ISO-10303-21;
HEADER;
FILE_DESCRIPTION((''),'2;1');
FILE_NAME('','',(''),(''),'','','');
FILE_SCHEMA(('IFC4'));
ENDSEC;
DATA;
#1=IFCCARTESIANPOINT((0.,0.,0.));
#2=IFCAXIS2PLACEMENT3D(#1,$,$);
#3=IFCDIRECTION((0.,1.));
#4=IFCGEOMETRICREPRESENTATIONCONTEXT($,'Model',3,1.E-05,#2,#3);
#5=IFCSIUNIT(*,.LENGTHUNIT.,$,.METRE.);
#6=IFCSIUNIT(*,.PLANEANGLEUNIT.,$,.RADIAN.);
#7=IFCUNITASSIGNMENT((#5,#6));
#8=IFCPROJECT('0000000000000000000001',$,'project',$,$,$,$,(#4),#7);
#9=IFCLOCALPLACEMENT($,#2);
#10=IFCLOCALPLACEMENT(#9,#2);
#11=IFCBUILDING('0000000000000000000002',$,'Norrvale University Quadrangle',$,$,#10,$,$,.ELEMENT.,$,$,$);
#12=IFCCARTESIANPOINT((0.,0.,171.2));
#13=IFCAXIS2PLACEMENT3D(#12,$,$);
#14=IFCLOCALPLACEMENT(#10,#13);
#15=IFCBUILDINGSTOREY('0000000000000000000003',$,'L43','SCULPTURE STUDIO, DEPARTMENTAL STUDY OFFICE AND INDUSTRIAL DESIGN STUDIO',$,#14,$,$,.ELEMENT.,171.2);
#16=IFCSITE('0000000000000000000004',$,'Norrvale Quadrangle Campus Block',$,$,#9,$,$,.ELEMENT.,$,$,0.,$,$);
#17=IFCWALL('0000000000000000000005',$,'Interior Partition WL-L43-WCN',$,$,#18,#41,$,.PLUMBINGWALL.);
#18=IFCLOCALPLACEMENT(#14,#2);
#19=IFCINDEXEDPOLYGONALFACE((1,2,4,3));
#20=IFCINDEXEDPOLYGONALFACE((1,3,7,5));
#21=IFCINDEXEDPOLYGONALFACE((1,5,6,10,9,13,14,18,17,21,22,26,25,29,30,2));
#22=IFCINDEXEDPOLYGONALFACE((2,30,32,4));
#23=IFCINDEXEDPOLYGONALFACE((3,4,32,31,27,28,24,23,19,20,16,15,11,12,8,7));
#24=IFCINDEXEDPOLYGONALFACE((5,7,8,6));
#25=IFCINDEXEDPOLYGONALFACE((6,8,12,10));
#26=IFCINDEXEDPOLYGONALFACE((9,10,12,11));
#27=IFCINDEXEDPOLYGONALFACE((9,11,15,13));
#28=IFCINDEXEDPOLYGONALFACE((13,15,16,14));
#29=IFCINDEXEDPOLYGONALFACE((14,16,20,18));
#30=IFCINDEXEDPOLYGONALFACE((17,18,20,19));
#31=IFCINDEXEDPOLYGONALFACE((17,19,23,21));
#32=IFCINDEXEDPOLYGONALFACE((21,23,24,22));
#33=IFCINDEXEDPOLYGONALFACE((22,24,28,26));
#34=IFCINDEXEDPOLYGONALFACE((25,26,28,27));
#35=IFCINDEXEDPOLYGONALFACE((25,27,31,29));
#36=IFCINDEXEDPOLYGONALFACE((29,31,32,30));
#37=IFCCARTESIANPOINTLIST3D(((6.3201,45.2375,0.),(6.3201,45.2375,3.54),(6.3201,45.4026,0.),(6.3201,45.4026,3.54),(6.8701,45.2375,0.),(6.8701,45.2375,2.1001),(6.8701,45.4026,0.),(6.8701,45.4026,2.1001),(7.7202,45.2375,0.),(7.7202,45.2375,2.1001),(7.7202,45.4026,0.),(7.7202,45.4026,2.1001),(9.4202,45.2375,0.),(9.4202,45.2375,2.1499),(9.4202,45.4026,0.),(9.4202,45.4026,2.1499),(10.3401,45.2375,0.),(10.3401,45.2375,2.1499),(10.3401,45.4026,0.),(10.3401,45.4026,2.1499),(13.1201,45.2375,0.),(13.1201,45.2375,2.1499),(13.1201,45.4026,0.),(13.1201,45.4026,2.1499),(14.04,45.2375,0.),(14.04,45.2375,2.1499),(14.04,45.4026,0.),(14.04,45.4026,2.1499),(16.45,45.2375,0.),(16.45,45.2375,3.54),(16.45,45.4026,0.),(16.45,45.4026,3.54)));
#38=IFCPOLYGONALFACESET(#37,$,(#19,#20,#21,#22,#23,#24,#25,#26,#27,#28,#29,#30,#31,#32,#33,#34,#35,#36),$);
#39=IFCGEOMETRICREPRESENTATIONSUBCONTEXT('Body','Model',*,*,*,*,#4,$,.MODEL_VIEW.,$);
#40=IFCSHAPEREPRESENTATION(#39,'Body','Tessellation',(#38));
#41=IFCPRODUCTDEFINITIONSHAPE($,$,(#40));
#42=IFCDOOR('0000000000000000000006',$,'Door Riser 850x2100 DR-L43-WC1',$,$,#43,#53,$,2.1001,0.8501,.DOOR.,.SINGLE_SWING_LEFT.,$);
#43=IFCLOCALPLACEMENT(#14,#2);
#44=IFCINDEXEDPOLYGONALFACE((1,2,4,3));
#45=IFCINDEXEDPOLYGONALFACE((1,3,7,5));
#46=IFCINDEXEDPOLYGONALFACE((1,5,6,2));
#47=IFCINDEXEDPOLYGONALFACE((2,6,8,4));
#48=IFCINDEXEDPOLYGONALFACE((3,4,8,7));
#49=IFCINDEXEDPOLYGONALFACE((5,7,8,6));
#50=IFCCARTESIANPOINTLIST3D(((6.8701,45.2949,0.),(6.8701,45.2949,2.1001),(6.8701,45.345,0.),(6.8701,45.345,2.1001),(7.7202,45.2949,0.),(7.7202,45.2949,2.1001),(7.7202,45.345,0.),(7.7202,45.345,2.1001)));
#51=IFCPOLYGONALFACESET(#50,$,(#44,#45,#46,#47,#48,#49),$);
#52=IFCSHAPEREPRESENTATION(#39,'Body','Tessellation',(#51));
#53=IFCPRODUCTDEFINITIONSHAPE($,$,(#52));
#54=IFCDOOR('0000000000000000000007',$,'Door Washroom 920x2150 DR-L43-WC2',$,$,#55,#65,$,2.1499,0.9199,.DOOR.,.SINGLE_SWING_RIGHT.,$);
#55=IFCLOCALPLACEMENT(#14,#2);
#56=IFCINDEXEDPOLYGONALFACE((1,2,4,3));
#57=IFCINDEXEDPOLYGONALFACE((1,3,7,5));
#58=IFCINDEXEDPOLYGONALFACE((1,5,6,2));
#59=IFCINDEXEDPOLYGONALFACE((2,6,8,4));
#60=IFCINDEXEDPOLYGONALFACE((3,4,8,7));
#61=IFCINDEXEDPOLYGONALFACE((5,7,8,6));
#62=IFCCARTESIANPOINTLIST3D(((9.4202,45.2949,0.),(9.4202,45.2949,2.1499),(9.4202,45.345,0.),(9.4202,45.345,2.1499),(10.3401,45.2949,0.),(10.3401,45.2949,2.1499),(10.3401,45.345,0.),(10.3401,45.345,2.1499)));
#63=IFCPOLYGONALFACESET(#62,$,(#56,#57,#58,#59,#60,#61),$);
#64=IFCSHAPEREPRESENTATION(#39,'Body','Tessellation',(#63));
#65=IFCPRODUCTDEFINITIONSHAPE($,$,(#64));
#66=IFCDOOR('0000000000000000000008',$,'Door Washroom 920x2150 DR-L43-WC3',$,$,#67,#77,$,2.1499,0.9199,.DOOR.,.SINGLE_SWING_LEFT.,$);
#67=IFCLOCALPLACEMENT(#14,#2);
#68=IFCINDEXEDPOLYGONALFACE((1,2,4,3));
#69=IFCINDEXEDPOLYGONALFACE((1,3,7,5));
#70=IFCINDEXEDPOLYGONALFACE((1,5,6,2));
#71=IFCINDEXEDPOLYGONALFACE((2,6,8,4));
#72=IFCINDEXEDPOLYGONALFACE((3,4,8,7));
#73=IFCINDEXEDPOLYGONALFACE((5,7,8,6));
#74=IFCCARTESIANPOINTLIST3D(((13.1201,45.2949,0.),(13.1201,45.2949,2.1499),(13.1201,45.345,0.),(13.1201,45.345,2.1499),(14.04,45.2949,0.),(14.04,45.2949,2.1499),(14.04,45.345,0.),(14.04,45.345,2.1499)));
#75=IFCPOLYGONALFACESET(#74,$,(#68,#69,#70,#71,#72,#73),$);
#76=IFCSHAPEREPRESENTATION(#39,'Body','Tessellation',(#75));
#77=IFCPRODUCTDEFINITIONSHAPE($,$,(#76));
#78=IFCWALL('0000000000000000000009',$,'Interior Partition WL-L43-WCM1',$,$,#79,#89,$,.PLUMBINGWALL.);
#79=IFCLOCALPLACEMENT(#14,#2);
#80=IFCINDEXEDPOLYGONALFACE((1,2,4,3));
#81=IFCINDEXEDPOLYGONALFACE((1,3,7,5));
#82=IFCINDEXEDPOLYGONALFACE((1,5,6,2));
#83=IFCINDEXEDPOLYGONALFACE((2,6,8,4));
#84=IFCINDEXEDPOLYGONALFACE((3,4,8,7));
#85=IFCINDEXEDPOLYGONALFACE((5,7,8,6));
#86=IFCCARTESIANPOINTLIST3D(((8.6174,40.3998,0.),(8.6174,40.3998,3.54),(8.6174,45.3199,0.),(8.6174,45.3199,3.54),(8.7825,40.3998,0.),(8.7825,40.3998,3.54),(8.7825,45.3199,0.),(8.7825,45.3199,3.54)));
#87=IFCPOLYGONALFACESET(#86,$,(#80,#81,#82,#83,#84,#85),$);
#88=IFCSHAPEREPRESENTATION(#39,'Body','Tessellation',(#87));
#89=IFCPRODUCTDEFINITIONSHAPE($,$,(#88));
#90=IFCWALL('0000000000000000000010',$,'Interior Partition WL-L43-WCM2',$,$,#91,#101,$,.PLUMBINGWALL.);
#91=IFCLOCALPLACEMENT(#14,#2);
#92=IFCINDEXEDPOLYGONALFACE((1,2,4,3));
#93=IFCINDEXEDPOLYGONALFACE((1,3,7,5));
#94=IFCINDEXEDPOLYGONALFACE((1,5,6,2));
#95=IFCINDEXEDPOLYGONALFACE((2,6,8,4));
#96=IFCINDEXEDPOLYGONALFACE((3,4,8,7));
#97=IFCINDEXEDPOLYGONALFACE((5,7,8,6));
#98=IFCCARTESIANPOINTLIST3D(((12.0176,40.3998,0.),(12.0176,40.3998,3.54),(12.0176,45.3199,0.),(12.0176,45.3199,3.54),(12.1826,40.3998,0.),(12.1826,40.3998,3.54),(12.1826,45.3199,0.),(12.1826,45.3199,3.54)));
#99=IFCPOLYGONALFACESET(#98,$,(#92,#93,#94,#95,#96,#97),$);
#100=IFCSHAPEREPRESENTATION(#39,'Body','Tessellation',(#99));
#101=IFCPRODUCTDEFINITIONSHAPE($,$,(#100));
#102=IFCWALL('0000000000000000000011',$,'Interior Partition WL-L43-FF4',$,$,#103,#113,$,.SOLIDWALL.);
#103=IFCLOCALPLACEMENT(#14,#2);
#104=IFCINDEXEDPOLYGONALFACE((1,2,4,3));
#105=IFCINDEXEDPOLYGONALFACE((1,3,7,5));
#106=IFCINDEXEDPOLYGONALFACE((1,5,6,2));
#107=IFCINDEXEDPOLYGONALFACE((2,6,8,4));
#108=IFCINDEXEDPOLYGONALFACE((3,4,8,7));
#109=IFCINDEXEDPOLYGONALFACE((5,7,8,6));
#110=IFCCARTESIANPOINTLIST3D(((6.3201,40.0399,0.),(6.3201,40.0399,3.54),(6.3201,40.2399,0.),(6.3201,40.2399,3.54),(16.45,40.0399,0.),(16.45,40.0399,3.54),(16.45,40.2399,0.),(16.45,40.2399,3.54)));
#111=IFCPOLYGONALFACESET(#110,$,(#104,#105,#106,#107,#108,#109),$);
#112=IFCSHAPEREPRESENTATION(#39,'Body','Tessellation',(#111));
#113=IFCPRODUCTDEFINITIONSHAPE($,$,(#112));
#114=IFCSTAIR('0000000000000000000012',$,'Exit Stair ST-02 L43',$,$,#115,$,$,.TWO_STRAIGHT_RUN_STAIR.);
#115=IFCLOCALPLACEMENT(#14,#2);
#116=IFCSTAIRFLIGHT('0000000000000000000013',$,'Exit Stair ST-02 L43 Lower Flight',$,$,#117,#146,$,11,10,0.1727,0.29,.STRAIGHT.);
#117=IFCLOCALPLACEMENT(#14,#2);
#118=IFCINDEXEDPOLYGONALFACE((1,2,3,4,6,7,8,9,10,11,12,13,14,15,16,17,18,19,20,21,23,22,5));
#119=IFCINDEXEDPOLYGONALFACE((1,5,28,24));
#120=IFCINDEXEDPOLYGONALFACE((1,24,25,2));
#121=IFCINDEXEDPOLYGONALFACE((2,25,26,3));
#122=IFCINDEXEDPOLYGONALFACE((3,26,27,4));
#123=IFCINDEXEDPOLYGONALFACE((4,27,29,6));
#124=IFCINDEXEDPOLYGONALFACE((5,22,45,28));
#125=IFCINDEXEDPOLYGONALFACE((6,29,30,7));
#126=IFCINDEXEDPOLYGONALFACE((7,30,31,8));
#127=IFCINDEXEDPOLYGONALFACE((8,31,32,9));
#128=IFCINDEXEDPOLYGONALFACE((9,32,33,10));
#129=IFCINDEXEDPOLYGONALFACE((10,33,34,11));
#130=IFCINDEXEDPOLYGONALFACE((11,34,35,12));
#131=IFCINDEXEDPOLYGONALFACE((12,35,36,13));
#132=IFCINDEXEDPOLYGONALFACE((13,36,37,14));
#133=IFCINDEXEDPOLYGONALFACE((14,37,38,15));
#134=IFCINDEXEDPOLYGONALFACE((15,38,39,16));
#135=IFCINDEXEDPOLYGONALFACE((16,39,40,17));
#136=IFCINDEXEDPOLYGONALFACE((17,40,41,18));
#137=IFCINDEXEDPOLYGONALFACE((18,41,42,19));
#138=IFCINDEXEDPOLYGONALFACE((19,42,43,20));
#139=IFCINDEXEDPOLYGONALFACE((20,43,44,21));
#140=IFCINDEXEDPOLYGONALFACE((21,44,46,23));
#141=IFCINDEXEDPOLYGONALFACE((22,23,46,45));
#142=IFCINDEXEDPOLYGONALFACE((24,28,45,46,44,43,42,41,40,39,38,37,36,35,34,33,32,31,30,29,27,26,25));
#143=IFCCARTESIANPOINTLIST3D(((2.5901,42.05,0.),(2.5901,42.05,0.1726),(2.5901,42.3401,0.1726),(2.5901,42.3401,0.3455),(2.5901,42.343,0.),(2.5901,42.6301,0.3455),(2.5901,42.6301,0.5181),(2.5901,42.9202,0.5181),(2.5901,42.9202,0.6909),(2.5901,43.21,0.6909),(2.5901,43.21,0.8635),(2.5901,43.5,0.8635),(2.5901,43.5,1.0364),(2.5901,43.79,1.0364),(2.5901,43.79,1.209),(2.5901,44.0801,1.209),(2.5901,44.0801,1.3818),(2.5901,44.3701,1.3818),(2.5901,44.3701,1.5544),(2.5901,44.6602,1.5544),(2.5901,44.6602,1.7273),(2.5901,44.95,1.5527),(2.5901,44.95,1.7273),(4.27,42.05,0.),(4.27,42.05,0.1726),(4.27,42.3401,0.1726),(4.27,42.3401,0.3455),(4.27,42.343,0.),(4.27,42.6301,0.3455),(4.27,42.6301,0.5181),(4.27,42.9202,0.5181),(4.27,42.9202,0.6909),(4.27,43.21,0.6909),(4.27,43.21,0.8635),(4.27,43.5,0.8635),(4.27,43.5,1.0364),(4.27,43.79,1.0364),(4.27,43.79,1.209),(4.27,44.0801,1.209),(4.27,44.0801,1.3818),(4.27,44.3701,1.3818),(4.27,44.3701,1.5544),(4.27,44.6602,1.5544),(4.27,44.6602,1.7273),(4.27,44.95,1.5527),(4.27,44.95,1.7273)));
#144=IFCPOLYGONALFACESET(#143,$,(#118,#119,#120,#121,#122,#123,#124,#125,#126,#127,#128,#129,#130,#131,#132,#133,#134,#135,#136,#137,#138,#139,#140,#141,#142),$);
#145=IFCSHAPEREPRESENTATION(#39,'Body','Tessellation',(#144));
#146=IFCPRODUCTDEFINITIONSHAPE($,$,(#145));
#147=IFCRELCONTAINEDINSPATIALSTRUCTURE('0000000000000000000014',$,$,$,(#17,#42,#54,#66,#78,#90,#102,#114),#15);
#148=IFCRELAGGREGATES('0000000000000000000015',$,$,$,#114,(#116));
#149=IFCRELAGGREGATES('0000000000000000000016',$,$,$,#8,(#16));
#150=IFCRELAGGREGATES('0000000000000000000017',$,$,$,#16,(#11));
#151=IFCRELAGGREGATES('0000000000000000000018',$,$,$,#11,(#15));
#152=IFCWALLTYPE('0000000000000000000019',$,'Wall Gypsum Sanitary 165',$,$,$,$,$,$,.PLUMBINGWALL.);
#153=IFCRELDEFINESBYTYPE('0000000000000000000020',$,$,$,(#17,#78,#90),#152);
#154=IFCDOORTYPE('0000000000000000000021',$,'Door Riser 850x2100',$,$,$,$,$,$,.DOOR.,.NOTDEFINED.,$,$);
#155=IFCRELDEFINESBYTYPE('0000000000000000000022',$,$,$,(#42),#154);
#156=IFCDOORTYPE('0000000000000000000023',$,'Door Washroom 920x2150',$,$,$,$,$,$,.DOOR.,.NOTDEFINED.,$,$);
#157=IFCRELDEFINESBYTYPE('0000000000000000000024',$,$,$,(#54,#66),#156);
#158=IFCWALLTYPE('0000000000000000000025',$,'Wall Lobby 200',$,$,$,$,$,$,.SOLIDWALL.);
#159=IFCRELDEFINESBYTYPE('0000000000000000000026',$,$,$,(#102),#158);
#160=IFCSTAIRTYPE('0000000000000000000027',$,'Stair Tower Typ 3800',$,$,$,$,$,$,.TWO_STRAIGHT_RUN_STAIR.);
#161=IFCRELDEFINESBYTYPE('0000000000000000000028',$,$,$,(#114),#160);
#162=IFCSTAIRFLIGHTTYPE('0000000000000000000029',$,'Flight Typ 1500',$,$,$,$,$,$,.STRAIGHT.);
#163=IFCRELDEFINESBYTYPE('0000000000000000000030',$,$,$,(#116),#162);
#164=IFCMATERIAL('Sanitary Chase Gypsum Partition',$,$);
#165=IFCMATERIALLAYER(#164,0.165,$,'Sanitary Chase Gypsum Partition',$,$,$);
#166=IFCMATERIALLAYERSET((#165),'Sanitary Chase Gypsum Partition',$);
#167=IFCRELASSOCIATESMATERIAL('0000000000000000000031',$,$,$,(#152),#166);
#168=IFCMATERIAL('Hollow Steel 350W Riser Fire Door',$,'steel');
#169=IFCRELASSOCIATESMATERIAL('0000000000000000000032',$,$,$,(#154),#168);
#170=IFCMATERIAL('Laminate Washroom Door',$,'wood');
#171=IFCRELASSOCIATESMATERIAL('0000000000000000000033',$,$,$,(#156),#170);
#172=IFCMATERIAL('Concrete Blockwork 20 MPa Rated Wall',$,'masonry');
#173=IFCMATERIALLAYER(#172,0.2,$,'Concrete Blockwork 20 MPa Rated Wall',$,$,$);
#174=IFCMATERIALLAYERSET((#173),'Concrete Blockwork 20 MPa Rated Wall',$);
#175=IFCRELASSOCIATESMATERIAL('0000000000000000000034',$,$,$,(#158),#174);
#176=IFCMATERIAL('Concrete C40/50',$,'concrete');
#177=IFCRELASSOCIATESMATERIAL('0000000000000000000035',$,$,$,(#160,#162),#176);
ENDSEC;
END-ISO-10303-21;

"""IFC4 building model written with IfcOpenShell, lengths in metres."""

from ifc_helpers import new_model, si_unit, direction, frame, frame_2d, origin, place, context, subcontext, project, spatial, polyline, rectangle, outline, extrude, material, layer, layer_set, type_object, element, fill, aggregate, save


model = new_model("IFC4")

# Units and contexts
model_context = context("Model", 3, precision=1e-05, world=origin(), true_north=direction((0.0, 1.0)))
body_context = subcontext(model_context, "Body", "Model", "MODEL_VIEW")
ifc_project = project(units=[si_unit("LENGTHUNIT", "METRE"), si_unit("PLANEANGLEUNIT", "RADIAN")], contexts=[model_context])

# Site, building, storey
site_placement = place(None, origin())
site = spatial("IfcSite", under=ifc_project, at=site_placement, Name="Norrvale Quadrangle Campus Block", CompositionType="ELEMENT", RefElevation=0.0)
building_placement = place(site_placement, origin())
building = spatial("IfcBuilding", under=site, at=building_placement, Name="Norrvale University Quadrangle", CompositionType="ELEMENT")
storey_placement = place(building_placement, frame((0.0, 0.0, 171.2)))
storey = spatial("IfcBuildingStorey", under=building, at=storey_placement, Name="L43", Description="SCULPTURE STUDIO, DEPARTMENTAL STUDY OFFICE AND INDUSTRIAL DESIGN STUDIO", CompositionType="ELEMENT", Elevation=171.2)

# Wall, openings, doors
ifc_material_1 = material(Name="Sanitary Chase Gypsum Partition")
ifc_layer_1 = layer(ifc_material_1, 0.165, Name="Sanitary Chase Gypsum Partition")
ifc_layer_set_1 = layer_set([ifc_layer_1], Name="Sanitary Chase Gypsum Partition")
wall_type_1 = type_object("IfcWallType", Name="Wall Gypsum Sanitary 165", PredefinedType="PLUMBINGWALL", material=ifc_layer_set_1)
wall_1_placement = place(storey_placement, frame((6.3201, 45.3201, 0.0), z_axis=(0.0, 0.0, 1.0), x_axis=(1.0, 0.0, 0.0)))
wall_1 = element("IfcWall", 1, at=wall_1_placement, inside=storey, type_object=wall_type_1, Name="Interior Partition WL-L43-WCN", PredefinedType="PLUMBINGWALL", context=body_context, shape_type="SweptSolid", body=[
    extrude(rectangle(XDim=10.1299, YDim=0.165, at=frame_2d((5.0649, 0.0))), origin(), (0.0, 0.0, 1.0), 3.54),
])
opening_1_placement = place(wall_1_placement, frame((0.55, 0.0, 0.0)))
opening_1 = element("IfcOpeningElement", 2, at=opening_1_placement, cuts=wall_1, PredefinedType="OPENING", context=body_context, shape_type="SweptSolid", body=[
    extrude(rectangle(XDim=0.8501, YDim=2.1001, at=frame_2d((0.425, 1.05))), frame((0.0, 0.0945, 0.0), z_axis=(0.0, -1.0, 0.0), x_axis=(1.0, 0.0, 0.0)), (0.0, 0.0, 1.0), 0.189),
])
opening_2_placement = place(wall_1_placement, frame((3.1001, 0.0, 0.0)))
opening_2 = element("IfcOpeningElement", 3, at=opening_2_placement, cuts=wall_1, PredefinedType="OPENING", context=body_context, shape_type="SweptSolid", body=[
    extrude(rectangle(XDim=0.9199, YDim=2.1499, at=frame_2d((0.46, 1.075))), frame((0.0, 0.0945, 0.0), z_axis=(0.0, -1.0, 0.0), x_axis=(1.0, 0.0, 0.0)), (0.0, 0.0, 1.0), 0.189),
])
opening_3_placement = place(wall_1_placement, frame((6.8, 0.0, 0.0)))
opening_3 = element("IfcOpeningElement", 4, at=opening_3_placement, cuts=wall_1, PredefinedType="OPENING", context=body_context, shape_type="SweptSolid", body=[
    extrude(rectangle(XDim=0.9199, YDim=2.1499, at=frame_2d((0.46, 1.075))), frame((0.0, 0.0945, 0.0), z_axis=(0.0, -1.0, 0.0), x_axis=(1.0, 0.0, 0.0)), (0.0, 0.0, 1.0), 0.189),
])
ifc_material_2 = material(Name="Hollow Steel 350W Riser Fire Door", Category="steel")
door_type_1 = type_object("IfcDoorType", Name="Door Riser 850x2100", OperationType="NOTDEFINED", PredefinedType="DOOR", material=ifc_material_2)
door_1_placement = place(opening_1_placement, origin())
door_1 = element("IfcDoor", 5, at=door_1_placement, inside=storey, type_object=door_type_1, Name="Door Riser 850x2100 DR-L43-WC1", OperationType="SINGLE_SWING_LEFT", OverallHeight=2.1001, OverallWidth=0.8501, PredefinedType="DOOR", context=body_context, shape_type="SweptSolid", body=[
    extrude(rectangle(XDim=0.8501, YDim=2.1001, at=frame_2d((0.425, 1.05))), frame((0.0, 0.0249, 0.0), z_axis=(0.0, -1.0, 0.0), x_axis=(1.0, 0.0, 0.0)), (0.0, 0.0, 1.0), 0.05),
])
fill(opening_1, door_1)
ifc_material_3 = material(Name="Laminate Washroom Door", Category="wood")
door_type_2 = type_object("IfcDoorType", Name="Door Washroom 920x2150", OperationType="NOTDEFINED", PredefinedType="DOOR", material=ifc_material_3)
door_2_placement = place(opening_2_placement, origin())
door_2 = element("IfcDoor", 6, at=door_2_placement, inside=storey, type_object=door_type_2, Name="Door Washroom 920x2150 DR-L43-WC2", OperationType="SINGLE_SWING_RIGHT", OverallHeight=2.1499, OverallWidth=0.9199, PredefinedType="DOOR", context=body_context, shape_type="SweptSolid", body=[
    extrude(rectangle(XDim=0.9199, YDim=2.1499, at=frame_2d((0.46, 1.075))), frame((0.0, 0.0249, 0.0), z_axis=(0.0, -1.0, 0.0), x_axis=(1.0, 0.0, 0.0)), (0.0, 0.0, 1.0), 0.05),
])
fill(opening_2, door_2)
door_3_placement = place(opening_3_placement, origin())
door_3 = element("IfcDoor", 7, at=door_3_placement, inside=storey, type_object=door_type_2, Name="Door Washroom 920x2150 DR-L43-WC3", OperationType="SINGLE_SWING_LEFT", OverallHeight=2.1499, OverallWidth=0.9199, PredefinedType="DOOR", context=body_context, shape_type="SweptSolid", body=[
    extrude(rectangle(XDim=0.9199, YDim=2.1499, at=frame_2d((0.46, 1.075))), frame((0.0, 0.0249, 0.0), z_axis=(0.0, -1.0, 0.0), x_axis=(1.0, 0.0, 0.0)), (0.0, 0.0, 1.0), 0.05),
])
fill(opening_3, door_3)

# Walls
for number, where, z_axis, x_axis, name in (
    (8, (8.7, 40.3999, 0.0), (0.0, 0.0, 1.0), (0.0, 1.0, 0.0), "Interior Partition WL-L43-WCM1"),
    (9, (12.1001, 40.3999, 0.0), (0.0, 0.0, 1.0), (0.0, 1.0, 0.0), "Interior Partition WL-L43-WCM2"),
):
    element("IfcWall", number, at=place(storey_placement, frame(where, z_axis=z_axis, x_axis=x_axis)), inside=storey, type_object=wall_type_1, Name=name, PredefinedType="PLUMBINGWALL", context=body_context, shape_type="SweptSolid", body=[
        extrude(rectangle(XDim=4.9202, YDim=0.165, at=frame_2d((2.46, 0.0))), origin(), (0.0, 0.0, 1.0), 3.54),
    ])
ifc_material_4 = material(Name="Concrete Blockwork 20 MPa Rated Wall", Category="masonry")
ifc_layer_2 = layer(ifc_material_4, 0.2, Name="Concrete Blockwork 20 MPa Rated Wall")
ifc_layer_set_2 = layer_set([ifc_layer_2], Name="Concrete Blockwork 20 MPa Rated Wall")
wall_type_2 = type_object("IfcWallType", Name="Wall Lobby 200", PredefinedType="SOLIDWALL", material=ifc_layer_set_2)
wall_2_placement = place(storey_placement, frame((6.3201, 40.1399, 0.0), z_axis=(0.0, 0.0, 1.0), x_axis=(1.0, 0.0, 0.0)))
element("IfcWall", 10, at=wall_2_placement, inside=storey, type_object=wall_type_2, Name="Interior Partition WL-L43-FF4", PredefinedType="SOLIDWALL", context=body_context, shape_type="SweptSolid", body=[
    extrude(rectangle(XDim=10.1299, YDim=0.2, at=frame_2d((5.0649, 0.0))), origin(), (0.0, 0.0, 1.0), 3.54),
])

# Stair, stair flight
ifc_material_5 = material(Name="Concrete C40/50", Category="concrete")
stair_type = type_object("IfcStairType", Name="Stair Tower Typ 3800", PredefinedType="TWO_STRAIGHT_RUN_STAIR", material=ifc_material_5)
stair_placement = place(storey_placement, origin())
stair = element("IfcStair", 11, at=stair_placement, inside=storey, type_object=stair_type, Name="Exit Stair ST-02 L43", PredefinedType="TWO_STRAIGHT_RUN_STAIR")
stair_flight_type = type_object("IfcStairFlightType", Name="Flight Typ 1500", PredefinedType="STRAIGHT", material=ifc_material_5)
stair_flight_1_placement = place(storey_placement, frame((3.4299, 42.05, 0.0), z_axis=(0.0, 0.0, 1.0), x_axis=(0.0, 1.0, 0.0)))
stair_flight_1 = element("IfcStairFlight", 12, at=stair_flight_1_placement, type_object=stair_flight_type, Name="Exit Stair ST-02 L43 Lower Flight", NumberOfRisers=11, NumberOfTreads=10, PredefinedType="STRAIGHT", RiserHeight=0.1727, TreadLength=0.29, context=body_context, shape_type="SweptSolid", body=[
    extrude(outline(polyline([(0.0, 0.0), (0.0, 0.1726), (0.29, 0.1726), (0.29, 0.3455), (0.5801, 0.3455), (0.5801, 0.5181), (0.8701, 0.5181), (0.8701, 0.6909), (1.1599, 0.6909), (1.1599, 0.8635), (1.45, 0.8635), (1.45, 1.0364), (1.74, 1.0364), (1.74, 1.209), (2.03, 1.209), (2.03, 1.3818), (2.3201, 1.3818), (2.3201, 1.5544), (2.6101, 1.5544), (2.6101, 1.7273), (2.8999, 1.7273), (2.8999, 1.8999), (2.8999, 1.5527), (0.293, 0.0), (0.0, 0.0)])), frame((0.0, 0.8398, 0.0), z_axis=(0.0, -1.0, 0.0), x_axis=(1.0, 0.0, 0.0)), (0.0, 0.0, 1.0), 1.6799),
])
aggregate(stair, [stair_flight_1])

save(model, "model.ifc")
